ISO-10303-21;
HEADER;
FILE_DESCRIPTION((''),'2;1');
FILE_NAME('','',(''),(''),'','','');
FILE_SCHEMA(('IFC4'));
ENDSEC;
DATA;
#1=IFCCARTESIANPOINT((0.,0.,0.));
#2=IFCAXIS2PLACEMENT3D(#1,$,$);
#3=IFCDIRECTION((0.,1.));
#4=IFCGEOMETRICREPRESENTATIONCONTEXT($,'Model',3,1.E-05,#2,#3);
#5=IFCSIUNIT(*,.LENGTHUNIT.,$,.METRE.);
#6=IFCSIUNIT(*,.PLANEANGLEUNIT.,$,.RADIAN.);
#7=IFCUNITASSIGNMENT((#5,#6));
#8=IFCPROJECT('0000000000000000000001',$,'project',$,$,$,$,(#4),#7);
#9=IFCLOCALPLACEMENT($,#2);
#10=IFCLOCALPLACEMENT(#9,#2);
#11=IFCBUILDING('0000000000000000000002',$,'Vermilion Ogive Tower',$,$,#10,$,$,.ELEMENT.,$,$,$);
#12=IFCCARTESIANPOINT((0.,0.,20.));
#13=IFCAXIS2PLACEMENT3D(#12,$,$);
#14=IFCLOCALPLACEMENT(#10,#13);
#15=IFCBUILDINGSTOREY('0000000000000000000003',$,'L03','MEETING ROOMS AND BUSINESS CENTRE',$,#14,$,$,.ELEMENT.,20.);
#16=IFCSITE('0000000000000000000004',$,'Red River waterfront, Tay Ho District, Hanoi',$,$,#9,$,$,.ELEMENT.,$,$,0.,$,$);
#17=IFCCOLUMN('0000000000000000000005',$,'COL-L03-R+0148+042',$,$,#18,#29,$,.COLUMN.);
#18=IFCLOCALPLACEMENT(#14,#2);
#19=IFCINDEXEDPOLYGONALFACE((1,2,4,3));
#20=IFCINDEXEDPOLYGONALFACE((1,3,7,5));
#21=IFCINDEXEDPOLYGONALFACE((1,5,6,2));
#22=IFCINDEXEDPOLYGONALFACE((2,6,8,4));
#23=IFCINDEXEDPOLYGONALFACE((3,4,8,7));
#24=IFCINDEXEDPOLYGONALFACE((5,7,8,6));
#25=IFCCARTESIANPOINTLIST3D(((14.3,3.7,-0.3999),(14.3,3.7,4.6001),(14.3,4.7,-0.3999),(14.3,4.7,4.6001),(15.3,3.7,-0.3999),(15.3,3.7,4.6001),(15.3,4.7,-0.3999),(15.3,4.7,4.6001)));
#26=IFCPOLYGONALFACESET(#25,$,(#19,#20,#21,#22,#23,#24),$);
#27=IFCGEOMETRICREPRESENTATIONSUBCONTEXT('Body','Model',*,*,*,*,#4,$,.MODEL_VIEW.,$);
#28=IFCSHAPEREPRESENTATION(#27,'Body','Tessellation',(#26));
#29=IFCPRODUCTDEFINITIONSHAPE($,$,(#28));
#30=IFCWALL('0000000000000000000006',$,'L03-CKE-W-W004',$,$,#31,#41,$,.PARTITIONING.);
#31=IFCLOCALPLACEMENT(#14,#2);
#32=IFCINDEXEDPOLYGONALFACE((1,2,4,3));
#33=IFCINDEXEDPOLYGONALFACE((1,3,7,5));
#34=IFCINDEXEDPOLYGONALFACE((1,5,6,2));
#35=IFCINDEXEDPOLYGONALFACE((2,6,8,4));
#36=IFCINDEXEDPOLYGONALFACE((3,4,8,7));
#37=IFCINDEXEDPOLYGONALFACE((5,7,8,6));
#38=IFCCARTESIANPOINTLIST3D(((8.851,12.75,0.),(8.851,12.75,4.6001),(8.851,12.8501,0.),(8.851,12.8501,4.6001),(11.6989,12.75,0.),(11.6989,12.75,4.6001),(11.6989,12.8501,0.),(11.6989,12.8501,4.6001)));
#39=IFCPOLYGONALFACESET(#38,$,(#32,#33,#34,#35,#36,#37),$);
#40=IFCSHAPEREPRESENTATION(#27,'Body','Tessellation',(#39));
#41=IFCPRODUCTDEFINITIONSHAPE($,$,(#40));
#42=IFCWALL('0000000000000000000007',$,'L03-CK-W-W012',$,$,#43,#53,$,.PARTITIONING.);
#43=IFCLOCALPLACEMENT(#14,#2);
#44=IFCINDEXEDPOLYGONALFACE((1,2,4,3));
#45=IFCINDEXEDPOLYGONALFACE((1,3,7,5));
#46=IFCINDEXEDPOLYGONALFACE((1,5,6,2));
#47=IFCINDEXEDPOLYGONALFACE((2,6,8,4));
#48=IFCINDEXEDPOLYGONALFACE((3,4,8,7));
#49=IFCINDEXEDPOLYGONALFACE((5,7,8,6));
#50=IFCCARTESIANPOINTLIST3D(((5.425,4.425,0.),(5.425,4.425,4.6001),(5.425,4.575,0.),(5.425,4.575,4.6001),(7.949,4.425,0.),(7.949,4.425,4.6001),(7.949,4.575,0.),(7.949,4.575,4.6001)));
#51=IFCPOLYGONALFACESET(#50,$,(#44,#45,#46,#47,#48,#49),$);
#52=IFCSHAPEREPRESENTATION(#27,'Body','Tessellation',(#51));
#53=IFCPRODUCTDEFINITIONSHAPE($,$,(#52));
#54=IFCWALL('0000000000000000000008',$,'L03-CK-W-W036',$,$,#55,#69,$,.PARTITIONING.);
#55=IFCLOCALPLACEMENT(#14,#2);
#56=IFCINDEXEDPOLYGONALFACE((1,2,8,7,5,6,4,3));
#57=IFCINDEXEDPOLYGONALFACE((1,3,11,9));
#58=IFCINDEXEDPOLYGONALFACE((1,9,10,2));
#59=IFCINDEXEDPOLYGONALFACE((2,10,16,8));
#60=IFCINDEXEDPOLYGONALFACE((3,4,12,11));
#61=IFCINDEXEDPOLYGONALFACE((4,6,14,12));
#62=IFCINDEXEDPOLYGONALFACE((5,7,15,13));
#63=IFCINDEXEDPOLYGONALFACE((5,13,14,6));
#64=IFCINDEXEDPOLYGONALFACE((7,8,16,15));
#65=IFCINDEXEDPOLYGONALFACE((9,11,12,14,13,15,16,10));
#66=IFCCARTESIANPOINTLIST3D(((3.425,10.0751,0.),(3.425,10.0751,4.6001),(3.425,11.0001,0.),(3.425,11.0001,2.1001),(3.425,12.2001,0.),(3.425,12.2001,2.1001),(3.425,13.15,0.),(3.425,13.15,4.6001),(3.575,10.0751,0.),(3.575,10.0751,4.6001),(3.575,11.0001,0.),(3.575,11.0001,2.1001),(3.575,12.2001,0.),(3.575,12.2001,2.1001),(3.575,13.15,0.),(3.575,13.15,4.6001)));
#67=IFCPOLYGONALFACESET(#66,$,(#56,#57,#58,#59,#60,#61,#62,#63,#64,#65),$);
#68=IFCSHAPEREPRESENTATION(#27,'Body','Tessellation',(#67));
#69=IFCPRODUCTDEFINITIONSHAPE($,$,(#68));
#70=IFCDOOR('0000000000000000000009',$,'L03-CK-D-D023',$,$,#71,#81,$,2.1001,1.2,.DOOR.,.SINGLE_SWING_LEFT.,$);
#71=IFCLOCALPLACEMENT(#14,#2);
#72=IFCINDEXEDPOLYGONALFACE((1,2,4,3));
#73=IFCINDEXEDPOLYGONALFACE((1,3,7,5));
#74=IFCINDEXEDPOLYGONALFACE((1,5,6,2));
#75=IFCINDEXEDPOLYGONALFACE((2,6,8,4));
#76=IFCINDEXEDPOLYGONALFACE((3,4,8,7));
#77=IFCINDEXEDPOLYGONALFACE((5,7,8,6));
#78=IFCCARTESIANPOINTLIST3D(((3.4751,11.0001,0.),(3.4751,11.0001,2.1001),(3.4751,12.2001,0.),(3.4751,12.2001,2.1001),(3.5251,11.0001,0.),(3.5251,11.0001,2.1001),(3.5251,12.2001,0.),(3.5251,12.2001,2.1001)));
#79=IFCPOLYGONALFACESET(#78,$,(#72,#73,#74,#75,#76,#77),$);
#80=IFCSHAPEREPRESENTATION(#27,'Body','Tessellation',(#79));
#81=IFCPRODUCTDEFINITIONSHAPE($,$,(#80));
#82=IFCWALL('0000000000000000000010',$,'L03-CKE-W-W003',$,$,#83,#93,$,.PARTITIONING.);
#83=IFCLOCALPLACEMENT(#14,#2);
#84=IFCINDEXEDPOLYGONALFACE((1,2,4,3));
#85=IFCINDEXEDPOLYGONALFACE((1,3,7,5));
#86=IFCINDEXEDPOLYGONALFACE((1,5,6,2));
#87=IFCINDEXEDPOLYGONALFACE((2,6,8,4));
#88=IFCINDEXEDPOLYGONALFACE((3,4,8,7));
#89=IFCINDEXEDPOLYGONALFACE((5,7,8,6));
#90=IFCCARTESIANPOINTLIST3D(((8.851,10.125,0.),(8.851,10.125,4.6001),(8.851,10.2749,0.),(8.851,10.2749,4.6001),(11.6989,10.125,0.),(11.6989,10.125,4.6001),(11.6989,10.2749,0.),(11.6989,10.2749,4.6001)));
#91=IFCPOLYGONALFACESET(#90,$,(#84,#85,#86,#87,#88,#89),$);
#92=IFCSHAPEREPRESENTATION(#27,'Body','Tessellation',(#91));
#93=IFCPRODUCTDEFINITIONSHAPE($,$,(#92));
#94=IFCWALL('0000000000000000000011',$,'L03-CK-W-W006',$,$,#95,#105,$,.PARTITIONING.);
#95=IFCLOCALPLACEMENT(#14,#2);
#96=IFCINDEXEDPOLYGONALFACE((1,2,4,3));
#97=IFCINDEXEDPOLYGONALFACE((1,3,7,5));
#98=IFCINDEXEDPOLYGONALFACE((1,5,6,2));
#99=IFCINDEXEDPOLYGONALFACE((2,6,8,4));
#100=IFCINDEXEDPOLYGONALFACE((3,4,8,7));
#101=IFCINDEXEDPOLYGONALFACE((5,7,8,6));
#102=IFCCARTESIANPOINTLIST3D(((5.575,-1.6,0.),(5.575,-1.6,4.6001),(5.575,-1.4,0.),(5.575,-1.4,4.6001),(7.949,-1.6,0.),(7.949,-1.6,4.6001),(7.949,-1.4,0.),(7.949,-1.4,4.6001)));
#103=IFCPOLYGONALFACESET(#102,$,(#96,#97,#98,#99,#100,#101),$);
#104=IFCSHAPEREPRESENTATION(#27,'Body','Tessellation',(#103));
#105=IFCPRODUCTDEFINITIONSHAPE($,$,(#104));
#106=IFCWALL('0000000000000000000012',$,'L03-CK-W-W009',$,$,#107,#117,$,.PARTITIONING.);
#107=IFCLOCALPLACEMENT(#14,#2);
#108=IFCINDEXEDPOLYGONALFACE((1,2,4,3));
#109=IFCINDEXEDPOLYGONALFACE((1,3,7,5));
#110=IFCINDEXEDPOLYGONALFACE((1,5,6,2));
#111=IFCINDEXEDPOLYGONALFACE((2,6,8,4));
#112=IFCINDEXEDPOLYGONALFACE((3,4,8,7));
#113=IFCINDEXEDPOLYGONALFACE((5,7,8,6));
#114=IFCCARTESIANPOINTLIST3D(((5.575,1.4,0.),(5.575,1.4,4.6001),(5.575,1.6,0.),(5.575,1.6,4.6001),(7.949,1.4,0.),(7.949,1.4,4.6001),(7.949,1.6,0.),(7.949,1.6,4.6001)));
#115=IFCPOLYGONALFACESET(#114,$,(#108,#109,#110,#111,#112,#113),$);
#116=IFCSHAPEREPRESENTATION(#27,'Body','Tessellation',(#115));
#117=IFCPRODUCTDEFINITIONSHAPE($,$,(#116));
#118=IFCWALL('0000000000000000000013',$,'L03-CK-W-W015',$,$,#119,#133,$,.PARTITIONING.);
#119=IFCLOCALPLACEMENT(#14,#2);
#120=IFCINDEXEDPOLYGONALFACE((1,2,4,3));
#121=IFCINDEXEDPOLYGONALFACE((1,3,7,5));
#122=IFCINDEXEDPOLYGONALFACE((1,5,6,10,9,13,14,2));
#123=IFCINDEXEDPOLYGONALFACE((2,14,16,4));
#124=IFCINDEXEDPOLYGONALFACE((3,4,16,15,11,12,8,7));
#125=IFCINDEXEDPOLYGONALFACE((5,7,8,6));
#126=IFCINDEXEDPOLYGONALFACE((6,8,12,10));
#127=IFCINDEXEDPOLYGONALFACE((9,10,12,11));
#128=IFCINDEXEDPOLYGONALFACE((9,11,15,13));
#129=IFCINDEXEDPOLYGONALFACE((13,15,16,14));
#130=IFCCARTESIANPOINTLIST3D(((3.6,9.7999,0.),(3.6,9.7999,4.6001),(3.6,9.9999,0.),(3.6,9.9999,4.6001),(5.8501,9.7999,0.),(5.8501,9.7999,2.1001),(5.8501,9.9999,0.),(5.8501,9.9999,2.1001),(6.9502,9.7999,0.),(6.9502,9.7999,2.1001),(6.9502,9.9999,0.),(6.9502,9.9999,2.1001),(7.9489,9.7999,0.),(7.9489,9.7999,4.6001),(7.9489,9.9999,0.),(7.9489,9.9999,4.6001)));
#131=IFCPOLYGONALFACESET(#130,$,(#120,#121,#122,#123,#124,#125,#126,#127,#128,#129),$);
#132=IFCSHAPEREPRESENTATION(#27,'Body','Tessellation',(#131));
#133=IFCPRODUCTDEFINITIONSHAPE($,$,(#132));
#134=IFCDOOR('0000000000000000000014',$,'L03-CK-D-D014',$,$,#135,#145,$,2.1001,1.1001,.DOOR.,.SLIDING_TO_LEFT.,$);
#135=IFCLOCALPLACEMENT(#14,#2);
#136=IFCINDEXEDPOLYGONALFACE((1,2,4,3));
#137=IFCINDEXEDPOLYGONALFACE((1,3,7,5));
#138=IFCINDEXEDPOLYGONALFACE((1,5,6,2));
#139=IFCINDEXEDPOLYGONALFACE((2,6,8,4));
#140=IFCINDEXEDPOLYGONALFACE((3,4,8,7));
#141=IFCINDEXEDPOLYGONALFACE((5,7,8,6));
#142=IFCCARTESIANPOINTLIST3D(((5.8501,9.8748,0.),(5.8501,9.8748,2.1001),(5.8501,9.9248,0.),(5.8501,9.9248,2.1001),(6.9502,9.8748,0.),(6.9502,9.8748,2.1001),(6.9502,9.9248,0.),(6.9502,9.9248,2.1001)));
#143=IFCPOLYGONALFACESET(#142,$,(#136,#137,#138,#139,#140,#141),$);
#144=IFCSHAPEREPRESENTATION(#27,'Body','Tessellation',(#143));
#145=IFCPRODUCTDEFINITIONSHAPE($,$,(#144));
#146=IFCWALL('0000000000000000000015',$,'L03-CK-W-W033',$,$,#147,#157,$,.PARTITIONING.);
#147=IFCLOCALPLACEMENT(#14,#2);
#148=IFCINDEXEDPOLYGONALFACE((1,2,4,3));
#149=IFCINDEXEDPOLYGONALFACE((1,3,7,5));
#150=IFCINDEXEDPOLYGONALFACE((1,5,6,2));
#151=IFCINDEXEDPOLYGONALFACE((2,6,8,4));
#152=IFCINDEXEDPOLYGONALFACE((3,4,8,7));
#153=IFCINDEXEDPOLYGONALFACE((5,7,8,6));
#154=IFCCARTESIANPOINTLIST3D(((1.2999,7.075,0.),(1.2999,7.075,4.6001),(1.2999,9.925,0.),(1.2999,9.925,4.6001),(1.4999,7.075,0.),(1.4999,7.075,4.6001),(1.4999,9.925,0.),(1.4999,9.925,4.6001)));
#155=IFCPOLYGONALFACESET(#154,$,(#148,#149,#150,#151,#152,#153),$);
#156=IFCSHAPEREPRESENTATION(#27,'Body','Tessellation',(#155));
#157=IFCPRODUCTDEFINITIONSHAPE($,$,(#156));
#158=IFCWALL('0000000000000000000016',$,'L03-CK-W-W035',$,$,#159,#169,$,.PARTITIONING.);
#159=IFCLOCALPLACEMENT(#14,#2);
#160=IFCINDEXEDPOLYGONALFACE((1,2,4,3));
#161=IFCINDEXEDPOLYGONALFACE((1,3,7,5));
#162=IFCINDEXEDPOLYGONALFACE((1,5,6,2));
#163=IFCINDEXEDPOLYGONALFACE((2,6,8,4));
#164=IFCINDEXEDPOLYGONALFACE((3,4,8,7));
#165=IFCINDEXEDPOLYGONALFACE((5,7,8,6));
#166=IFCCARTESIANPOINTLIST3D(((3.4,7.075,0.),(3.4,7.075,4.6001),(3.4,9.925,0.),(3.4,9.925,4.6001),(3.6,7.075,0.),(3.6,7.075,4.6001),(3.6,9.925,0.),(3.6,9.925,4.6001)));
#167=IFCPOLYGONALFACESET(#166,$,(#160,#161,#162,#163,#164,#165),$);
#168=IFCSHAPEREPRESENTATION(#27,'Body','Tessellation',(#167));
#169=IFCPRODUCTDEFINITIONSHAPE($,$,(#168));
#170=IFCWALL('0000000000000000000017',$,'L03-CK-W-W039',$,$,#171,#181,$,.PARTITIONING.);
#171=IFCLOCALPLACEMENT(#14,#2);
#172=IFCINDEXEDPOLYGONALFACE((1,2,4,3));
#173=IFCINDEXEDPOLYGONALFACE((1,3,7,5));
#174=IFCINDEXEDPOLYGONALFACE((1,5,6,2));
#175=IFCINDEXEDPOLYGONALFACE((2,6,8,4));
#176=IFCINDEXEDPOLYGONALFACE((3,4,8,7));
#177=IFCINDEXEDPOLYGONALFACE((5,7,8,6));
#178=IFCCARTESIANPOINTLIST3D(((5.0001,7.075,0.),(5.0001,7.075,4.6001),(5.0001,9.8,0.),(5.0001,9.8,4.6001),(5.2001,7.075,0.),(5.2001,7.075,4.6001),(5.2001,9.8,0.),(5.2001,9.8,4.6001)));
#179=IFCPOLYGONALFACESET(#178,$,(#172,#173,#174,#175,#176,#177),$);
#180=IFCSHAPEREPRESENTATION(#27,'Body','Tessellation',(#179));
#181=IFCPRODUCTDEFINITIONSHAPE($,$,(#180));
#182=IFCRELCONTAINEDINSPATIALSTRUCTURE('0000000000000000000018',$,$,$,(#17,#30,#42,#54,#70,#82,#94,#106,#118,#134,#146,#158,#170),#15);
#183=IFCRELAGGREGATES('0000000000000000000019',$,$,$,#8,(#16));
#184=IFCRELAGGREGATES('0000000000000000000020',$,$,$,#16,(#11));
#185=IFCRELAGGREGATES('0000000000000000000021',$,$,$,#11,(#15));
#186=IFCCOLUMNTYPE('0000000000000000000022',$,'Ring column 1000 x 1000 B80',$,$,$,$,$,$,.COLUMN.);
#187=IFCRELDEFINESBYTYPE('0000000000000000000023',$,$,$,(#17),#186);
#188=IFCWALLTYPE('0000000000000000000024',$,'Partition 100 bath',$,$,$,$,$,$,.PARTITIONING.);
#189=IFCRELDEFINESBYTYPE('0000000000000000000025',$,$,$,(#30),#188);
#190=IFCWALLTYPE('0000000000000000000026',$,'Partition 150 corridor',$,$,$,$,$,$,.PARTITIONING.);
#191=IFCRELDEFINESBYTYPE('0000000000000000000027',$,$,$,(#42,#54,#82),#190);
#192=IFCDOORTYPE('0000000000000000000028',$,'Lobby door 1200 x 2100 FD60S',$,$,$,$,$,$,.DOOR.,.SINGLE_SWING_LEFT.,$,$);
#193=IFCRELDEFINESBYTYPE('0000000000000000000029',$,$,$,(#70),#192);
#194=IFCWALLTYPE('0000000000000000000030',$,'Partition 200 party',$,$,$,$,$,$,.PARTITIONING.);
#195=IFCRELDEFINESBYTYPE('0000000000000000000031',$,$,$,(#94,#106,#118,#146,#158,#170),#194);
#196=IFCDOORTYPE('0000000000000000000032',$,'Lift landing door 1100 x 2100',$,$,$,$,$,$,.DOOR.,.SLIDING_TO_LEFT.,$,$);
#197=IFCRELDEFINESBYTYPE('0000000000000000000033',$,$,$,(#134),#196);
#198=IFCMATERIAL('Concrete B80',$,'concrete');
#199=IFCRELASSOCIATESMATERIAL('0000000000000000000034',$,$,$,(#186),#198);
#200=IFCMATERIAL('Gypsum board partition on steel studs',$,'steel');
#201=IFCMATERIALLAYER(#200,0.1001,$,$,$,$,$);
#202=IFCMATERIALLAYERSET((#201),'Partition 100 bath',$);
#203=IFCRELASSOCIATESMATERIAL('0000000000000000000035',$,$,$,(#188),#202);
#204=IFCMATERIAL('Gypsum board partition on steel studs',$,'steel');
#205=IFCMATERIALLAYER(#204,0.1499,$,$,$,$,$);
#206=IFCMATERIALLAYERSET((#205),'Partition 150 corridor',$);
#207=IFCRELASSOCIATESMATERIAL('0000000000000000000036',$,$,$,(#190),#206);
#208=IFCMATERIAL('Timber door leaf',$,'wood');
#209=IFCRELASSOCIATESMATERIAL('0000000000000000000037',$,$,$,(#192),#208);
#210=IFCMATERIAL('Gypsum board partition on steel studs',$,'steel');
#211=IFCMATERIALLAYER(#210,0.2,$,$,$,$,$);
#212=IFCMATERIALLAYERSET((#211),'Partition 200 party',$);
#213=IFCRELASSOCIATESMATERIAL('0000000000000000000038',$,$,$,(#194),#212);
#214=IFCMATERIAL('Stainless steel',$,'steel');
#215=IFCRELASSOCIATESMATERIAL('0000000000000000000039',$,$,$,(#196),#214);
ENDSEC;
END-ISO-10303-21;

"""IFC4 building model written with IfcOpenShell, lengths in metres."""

from ifc_helpers import new_model, si_unit, direction, frame, frame_2d, origin, origin_2d, place, context, subcontext, project, spatial, rectangle, extrude, material, layer, layer_set, material_profile, profile_set, type_object, element, fill, save


model = new_model("IFC4")

# Units and contexts
model_context = context("Model", 3, precision=1e-05, world=origin(), true_north=direction((0.0, 1.0)))
body_context = subcontext(model_context, "Body", "Model", "MODEL_VIEW")
ifc_project = project(units=[si_unit("LENGTHUNIT", "METRE"), si_unit("PLANEANGLEUNIT", "RADIAN")], contexts=[model_context])

# Site, building, storey
site_placement = place(None, origin())
site = spatial("IfcSite", under=ifc_project, at=site_placement, Name="Red River waterfront, Tay Ho District, Hanoi", CompositionType="ELEMENT", RefElevation=0.0)
building_placement = place(site_placement, origin())
building = spatial("IfcBuilding", under=site, at=building_placement, Name="Vermilion Ogive Tower", CompositionType="ELEMENT")
storey_placement = place(building_placement, frame((0.0, 0.0, 20.0)))
storey = spatial("IfcBuildingStorey", under=building, at=storey_placement, Name="L03", Description="MEETING ROOMS AND BUSINESS CENTRE", CompositionType="ELEMENT", Elevation=20.0)

# Column
ifc_material_1 = material(Name="Concrete B80", Category="concrete")
ifc_material_profile = material_profile(ifc_material_1, rectangle(XDim=1.0, YDim=1.0, at=origin_2d()), Name="1000 x 1000")
ifc_profile_set = profile_set([ifc_material_profile], Name="Concrete B80")
column_type = type_object("IfcColumnType", Name="Ring column 1000 x 1000 B80", PredefinedType="COLUMN", material=ifc_profile_set)
column_placement = place(storey_placement, frame((14.8, 4.2, -0.3999), z_axis=(0.0, 0.0, 1.0), x_axis=(1.0, 0.0, 0.0)))
element("IfcColumn", 1, at=column_placement, inside=storey, type_object=column_type, Name="COL-L03-R+0148+042", PredefinedType="COLUMN", context=body_context, shape_type="SweptSolid", body=[
    extrude(rectangle(XDim=1.0, YDim=1.0, at=origin_2d()), origin(), (0.0, 0.0, 1.0), 5.0),
])

# Walls
ifc_material_2 = material(Name="Gypsum board partition on steel studs", Category="steel")
ifc_layer_1 = layer(ifc_material_2, 0.1001)
ifc_layer_set_1 = layer_set([ifc_layer_1], Name="Partition 100 bath")
wall_type_1 = type_object("IfcWallType", Name="Partition 100 bath", PredefinedType="PARTITIONING", material=ifc_layer_set_1)
wall_1_placement = place(storey_placement, frame((8.8511, 12.8, 0.0), z_axis=(0.0, 0.0, 1.0), x_axis=(1.0, 0.0, 0.0)))
element("IfcWall", 2, at=wall_1_placement, inside=storey, type_object=wall_type_1, Name="L03-CKE-W-W004", PredefinedType="PARTITIONING", context=body_context, shape_type="SweptSolid", body=[
    extrude(rectangle(XDim=2.8479, YDim=0.1001, at=frame_2d((1.4238, 0.0))), origin(), (0.0, 0.0, 1.0), 4.6001),
])
ifc_material_3 = material(Name="Gypsum board partition on steel studs", Category="steel")
ifc_layer_2 = layer(ifc_material_3, 0.1499)
ifc_layer_set_2 = layer_set([ifc_layer_2], Name="Partition 150 corridor")
wall_type_2 = type_object("IfcWallType", Name="Partition 150 corridor", PredefinedType="PARTITIONING", material=ifc_layer_set_2)
wall_2_placement = place(storey_placement, frame((5.425, 4.5, 0.0), z_axis=(0.0, 0.0, 1.0), x_axis=(1.0, 0.0, 0.0)))
element("IfcWall", 3, at=wall_2_placement, inside=storey, type_object=wall_type_2, Name="L03-CK-W-W012", PredefinedType="PARTITIONING", context=body_context, shape_type="SweptSolid", body=[
    extrude(rectangle(XDim=2.5239, YDim=0.1499, at=frame_2d((1.262, 0.0))), origin(), (0.0, 0.0, 1.0), 4.6001),
])

# Wall, opening, door
wall_3_placement = place(storey_placement, frame((3.5, 10.075, 0.0), z_axis=(0.0, 0.0, 1.0), x_axis=(0.0, 1.0, 0.0)))
wall_3 = element("IfcWall", 4, at=wall_3_placement, inside=storey, type_object=wall_type_2, Name="L03-CK-W-W036", PredefinedType="PARTITIONING", context=body_context, shape_type="SweptSolid", body=[
    extrude(rectangle(XDim=3.075, YDim=0.1499, at=frame_2d((1.5376, 0.0))), origin(), (0.0, 0.0, 1.0), 4.6001),
])
opening_1_placement = place(wall_3_placement, frame((0.925, 0.0, 0.0)))
opening_1 = element("IfcOpeningElement", 5, at=opening_1_placement, cuts=wall_3, PredefinedType="OPENING", context=body_context, shape_type="SweptSolid", body=[
    extrude(rectangle(XDim=1.2, YDim=2.1001, at=frame_2d((0.6001, 1.05))), frame((0.0, 0.085, 0.0), z_axis=(0.0, -1.0, 0.0), x_axis=(1.0, 0.0, 0.0)), (0.0, 0.0, 1.0), 0.1699),
])
ifc_material_4 = material(Name="Timber door leaf", Category="wood")
door_type_1 = type_object("IfcDoorType", Name="Lobby door 1200 x 2100 FD60S", OperationType="SINGLE_SWING_LEFT", PredefinedType="DOOR", material=ifc_material_4)
door_1_placement = place(opening_1_placement, origin())
door_1 = element("IfcDoor", 6, at=door_1_placement, inside=storey, type_object=door_type_1, Name="L03-CK-D-D023", OperationType="SINGLE_SWING_LEFT", OverallHeight=2.1001, OverallWidth=1.2, PredefinedType="DOOR", context=body_context, shape_type="SweptSolid", body=[
    extrude(rectangle(XDim=1.2, YDim=2.1001, at=frame_2d((0.6001, 1.05))), frame((0.0, 0.0249, 0.0), z_axis=(0.0, -1.0, 0.0), x_axis=(1.0, 0.0, 0.0)), (0.0, 0.0, 1.0), 0.05),
])
fill(opening_1, door_1)

# Walls
wall_4_placement = place(storey_placement, frame((8.8511, 10.2, 0.0), z_axis=(0.0, 0.0, 1.0), x_axis=(1.0, 0.0, 0.0)))
element("IfcWall", 7, at=wall_4_placement, inside=storey, type_object=wall_type_2, Name="L03-CKE-W-W003", PredefinedType="PARTITIONING", context=body_context, shape_type="SweptSolid", body=[
    extrude(rectangle(XDim=2.8479, YDim=0.1499, at=frame_2d((1.4238, 0.0))), origin(), (0.0, 0.0, 1.0), 4.6001),
])
ifc_material_5 = material(Name="Gypsum board partition on steel studs", Category="steel")
ifc_layer_3 = layer(ifc_material_5, 0.2)
ifc_layer_set_3 = layer_set([ifc_layer_3], Name="Partition 200 party")
wall_type_3 = type_object("IfcWallType", Name="Partition 200 party", PredefinedType="PARTITIONING", material=ifc_layer_set_3)
for number, where, z_axis, x_axis, name in (
    (8, (5.575, -1.5, 0.0), (0.0, 0.0, 1.0), (1.0, 0.0, 0.0), "L03-CK-W-W006"),
    (9, (5.575, 1.5, 0.0), (0.0, 0.0, 1.0), (1.0, 0.0, 0.0), "L03-CK-W-W009"),
):
    element("IfcWall", number, at=place(storey_placement, frame(where, z_axis=z_axis, x_axis=x_axis)), inside=storey, type_object=wall_type_3, Name=name, PredefinedType="PARTITIONING", context=body_context, shape_type="SweptSolid", body=[
        extrude(rectangle(XDim=2.374, YDim=0.2, at=frame_2d((1.187, 0.0))), origin(), (0.0, 0.0, 1.0), 4.6001),
    ])

# Wall, opening, door
wall_5_placement = place(storey_placement, frame((3.6001, 9.8999, 0.0), z_axis=(0.0, 0.0, 1.0), x_axis=(1.0, 0.0, 0.0)))
wall_5 = element("IfcWall", 10, at=wall_5_placement, inside=storey, type_object=wall_type_3, Name="L03-CK-W-W015", PredefinedType="PARTITIONING", context=body_context, shape_type="SweptSolid", body=[
    extrude(rectangle(XDim=4.3489, YDim=0.2, at=frame_2d((2.1743, 0.0))), origin(), (0.0, 0.0, 1.0), 4.6001),
])
opening_2_placement = place(wall_5_placement, frame((2.25, 0.0, 0.0)))
opening_2 = element("IfcOpeningElement", 11, at=opening_2_placement, cuts=wall_5, PredefinedType="OPENING", context=body_context, shape_type="SweptSolid", body=[
    extrude(rectangle(XDim=1.1001, YDim=2.1001, at=frame_2d((0.55, 1.05))), frame((0.0, 0.1099, 0.0), z_axis=(0.0, -1.0, 0.0), x_axis=(1.0, 0.0, 0.0)), (0.0, 0.0, 1.0), 0.22),
])
ifc_material_6 = material(Name="Stainless steel", Category="steel")
door_type_2 = type_object("IfcDoorType", Name="Lift landing door 1100 x 2100", OperationType="SLIDING_TO_LEFT", PredefinedType="DOOR", material=ifc_material_6)
door_2_placement = place(opening_2_placement, origin())
door_2 = element("IfcDoor", 12, at=door_2_placement, inside=storey, type_object=door_type_2, Name="L03-CK-D-D014", OperationType="SLIDING_TO_LEFT", OverallHeight=2.1001, OverallWidth=1.1001, PredefinedType="DOOR", context=body_context, shape_type="SweptSolid", body=[
    extrude(rectangle(XDim=1.1001, YDim=2.1001, at=frame_2d((0.55, 1.05))), frame((0.0, 0.0249, 0.0), z_axis=(0.0, -1.0, 0.0), x_axis=(1.0, 0.0, 0.0)), (0.0, 0.0, 1.0), 0.05),
])
fill(opening_2, door_2)

# Walls
for number, where, z_axis, x_axis, name in (
    (13, (1.3999, 7.075, 0.0), (0.0, 0.0, 1.0), (0.0, 1.0, 0.0), "L03-CK-W-W033"),
    (14, (3.5, 7.075, 0.0), (0.0, 0.0, 1.0), (0.0, 1.0, 0.0), "L03-CK-W-W035"),
):
    element("IfcWall", number, at=place(storey_placement, frame(where, z_axis=z_axis, x_axis=x_axis)), inside=storey, type_object=wall_type_3, Name=name, PredefinedType="PARTITIONING", context=body_context, shape_type="SweptSolid", body=[
        extrude(rectangle(XDim=2.8501, YDim=0.2, at=frame_2d((1.425, 0.0))), origin(), (0.0, 0.0, 1.0), 4.6001),
    ])
wall_6_placement = place(storey_placement, frame((5.1001, 7.075, 0.0), z_axis=(0.0, 0.0, 1.0), x_axis=(0.0, 1.0, 0.0)))
element("IfcWall", 15, at=wall_6_placement, inside=storey, type_object=wall_type_3, Name="L03-CK-W-W039", PredefinedType="PARTITIONING", context=body_context, shape_type="SweptSolid", body=[
    extrude(rectangle(XDim=2.7251, YDim=0.2, at=frame_2d((1.3625, 0.0))), origin(), (0.0, 0.0, 1.0), 4.6001),
])

save(model, "model.ifc")
